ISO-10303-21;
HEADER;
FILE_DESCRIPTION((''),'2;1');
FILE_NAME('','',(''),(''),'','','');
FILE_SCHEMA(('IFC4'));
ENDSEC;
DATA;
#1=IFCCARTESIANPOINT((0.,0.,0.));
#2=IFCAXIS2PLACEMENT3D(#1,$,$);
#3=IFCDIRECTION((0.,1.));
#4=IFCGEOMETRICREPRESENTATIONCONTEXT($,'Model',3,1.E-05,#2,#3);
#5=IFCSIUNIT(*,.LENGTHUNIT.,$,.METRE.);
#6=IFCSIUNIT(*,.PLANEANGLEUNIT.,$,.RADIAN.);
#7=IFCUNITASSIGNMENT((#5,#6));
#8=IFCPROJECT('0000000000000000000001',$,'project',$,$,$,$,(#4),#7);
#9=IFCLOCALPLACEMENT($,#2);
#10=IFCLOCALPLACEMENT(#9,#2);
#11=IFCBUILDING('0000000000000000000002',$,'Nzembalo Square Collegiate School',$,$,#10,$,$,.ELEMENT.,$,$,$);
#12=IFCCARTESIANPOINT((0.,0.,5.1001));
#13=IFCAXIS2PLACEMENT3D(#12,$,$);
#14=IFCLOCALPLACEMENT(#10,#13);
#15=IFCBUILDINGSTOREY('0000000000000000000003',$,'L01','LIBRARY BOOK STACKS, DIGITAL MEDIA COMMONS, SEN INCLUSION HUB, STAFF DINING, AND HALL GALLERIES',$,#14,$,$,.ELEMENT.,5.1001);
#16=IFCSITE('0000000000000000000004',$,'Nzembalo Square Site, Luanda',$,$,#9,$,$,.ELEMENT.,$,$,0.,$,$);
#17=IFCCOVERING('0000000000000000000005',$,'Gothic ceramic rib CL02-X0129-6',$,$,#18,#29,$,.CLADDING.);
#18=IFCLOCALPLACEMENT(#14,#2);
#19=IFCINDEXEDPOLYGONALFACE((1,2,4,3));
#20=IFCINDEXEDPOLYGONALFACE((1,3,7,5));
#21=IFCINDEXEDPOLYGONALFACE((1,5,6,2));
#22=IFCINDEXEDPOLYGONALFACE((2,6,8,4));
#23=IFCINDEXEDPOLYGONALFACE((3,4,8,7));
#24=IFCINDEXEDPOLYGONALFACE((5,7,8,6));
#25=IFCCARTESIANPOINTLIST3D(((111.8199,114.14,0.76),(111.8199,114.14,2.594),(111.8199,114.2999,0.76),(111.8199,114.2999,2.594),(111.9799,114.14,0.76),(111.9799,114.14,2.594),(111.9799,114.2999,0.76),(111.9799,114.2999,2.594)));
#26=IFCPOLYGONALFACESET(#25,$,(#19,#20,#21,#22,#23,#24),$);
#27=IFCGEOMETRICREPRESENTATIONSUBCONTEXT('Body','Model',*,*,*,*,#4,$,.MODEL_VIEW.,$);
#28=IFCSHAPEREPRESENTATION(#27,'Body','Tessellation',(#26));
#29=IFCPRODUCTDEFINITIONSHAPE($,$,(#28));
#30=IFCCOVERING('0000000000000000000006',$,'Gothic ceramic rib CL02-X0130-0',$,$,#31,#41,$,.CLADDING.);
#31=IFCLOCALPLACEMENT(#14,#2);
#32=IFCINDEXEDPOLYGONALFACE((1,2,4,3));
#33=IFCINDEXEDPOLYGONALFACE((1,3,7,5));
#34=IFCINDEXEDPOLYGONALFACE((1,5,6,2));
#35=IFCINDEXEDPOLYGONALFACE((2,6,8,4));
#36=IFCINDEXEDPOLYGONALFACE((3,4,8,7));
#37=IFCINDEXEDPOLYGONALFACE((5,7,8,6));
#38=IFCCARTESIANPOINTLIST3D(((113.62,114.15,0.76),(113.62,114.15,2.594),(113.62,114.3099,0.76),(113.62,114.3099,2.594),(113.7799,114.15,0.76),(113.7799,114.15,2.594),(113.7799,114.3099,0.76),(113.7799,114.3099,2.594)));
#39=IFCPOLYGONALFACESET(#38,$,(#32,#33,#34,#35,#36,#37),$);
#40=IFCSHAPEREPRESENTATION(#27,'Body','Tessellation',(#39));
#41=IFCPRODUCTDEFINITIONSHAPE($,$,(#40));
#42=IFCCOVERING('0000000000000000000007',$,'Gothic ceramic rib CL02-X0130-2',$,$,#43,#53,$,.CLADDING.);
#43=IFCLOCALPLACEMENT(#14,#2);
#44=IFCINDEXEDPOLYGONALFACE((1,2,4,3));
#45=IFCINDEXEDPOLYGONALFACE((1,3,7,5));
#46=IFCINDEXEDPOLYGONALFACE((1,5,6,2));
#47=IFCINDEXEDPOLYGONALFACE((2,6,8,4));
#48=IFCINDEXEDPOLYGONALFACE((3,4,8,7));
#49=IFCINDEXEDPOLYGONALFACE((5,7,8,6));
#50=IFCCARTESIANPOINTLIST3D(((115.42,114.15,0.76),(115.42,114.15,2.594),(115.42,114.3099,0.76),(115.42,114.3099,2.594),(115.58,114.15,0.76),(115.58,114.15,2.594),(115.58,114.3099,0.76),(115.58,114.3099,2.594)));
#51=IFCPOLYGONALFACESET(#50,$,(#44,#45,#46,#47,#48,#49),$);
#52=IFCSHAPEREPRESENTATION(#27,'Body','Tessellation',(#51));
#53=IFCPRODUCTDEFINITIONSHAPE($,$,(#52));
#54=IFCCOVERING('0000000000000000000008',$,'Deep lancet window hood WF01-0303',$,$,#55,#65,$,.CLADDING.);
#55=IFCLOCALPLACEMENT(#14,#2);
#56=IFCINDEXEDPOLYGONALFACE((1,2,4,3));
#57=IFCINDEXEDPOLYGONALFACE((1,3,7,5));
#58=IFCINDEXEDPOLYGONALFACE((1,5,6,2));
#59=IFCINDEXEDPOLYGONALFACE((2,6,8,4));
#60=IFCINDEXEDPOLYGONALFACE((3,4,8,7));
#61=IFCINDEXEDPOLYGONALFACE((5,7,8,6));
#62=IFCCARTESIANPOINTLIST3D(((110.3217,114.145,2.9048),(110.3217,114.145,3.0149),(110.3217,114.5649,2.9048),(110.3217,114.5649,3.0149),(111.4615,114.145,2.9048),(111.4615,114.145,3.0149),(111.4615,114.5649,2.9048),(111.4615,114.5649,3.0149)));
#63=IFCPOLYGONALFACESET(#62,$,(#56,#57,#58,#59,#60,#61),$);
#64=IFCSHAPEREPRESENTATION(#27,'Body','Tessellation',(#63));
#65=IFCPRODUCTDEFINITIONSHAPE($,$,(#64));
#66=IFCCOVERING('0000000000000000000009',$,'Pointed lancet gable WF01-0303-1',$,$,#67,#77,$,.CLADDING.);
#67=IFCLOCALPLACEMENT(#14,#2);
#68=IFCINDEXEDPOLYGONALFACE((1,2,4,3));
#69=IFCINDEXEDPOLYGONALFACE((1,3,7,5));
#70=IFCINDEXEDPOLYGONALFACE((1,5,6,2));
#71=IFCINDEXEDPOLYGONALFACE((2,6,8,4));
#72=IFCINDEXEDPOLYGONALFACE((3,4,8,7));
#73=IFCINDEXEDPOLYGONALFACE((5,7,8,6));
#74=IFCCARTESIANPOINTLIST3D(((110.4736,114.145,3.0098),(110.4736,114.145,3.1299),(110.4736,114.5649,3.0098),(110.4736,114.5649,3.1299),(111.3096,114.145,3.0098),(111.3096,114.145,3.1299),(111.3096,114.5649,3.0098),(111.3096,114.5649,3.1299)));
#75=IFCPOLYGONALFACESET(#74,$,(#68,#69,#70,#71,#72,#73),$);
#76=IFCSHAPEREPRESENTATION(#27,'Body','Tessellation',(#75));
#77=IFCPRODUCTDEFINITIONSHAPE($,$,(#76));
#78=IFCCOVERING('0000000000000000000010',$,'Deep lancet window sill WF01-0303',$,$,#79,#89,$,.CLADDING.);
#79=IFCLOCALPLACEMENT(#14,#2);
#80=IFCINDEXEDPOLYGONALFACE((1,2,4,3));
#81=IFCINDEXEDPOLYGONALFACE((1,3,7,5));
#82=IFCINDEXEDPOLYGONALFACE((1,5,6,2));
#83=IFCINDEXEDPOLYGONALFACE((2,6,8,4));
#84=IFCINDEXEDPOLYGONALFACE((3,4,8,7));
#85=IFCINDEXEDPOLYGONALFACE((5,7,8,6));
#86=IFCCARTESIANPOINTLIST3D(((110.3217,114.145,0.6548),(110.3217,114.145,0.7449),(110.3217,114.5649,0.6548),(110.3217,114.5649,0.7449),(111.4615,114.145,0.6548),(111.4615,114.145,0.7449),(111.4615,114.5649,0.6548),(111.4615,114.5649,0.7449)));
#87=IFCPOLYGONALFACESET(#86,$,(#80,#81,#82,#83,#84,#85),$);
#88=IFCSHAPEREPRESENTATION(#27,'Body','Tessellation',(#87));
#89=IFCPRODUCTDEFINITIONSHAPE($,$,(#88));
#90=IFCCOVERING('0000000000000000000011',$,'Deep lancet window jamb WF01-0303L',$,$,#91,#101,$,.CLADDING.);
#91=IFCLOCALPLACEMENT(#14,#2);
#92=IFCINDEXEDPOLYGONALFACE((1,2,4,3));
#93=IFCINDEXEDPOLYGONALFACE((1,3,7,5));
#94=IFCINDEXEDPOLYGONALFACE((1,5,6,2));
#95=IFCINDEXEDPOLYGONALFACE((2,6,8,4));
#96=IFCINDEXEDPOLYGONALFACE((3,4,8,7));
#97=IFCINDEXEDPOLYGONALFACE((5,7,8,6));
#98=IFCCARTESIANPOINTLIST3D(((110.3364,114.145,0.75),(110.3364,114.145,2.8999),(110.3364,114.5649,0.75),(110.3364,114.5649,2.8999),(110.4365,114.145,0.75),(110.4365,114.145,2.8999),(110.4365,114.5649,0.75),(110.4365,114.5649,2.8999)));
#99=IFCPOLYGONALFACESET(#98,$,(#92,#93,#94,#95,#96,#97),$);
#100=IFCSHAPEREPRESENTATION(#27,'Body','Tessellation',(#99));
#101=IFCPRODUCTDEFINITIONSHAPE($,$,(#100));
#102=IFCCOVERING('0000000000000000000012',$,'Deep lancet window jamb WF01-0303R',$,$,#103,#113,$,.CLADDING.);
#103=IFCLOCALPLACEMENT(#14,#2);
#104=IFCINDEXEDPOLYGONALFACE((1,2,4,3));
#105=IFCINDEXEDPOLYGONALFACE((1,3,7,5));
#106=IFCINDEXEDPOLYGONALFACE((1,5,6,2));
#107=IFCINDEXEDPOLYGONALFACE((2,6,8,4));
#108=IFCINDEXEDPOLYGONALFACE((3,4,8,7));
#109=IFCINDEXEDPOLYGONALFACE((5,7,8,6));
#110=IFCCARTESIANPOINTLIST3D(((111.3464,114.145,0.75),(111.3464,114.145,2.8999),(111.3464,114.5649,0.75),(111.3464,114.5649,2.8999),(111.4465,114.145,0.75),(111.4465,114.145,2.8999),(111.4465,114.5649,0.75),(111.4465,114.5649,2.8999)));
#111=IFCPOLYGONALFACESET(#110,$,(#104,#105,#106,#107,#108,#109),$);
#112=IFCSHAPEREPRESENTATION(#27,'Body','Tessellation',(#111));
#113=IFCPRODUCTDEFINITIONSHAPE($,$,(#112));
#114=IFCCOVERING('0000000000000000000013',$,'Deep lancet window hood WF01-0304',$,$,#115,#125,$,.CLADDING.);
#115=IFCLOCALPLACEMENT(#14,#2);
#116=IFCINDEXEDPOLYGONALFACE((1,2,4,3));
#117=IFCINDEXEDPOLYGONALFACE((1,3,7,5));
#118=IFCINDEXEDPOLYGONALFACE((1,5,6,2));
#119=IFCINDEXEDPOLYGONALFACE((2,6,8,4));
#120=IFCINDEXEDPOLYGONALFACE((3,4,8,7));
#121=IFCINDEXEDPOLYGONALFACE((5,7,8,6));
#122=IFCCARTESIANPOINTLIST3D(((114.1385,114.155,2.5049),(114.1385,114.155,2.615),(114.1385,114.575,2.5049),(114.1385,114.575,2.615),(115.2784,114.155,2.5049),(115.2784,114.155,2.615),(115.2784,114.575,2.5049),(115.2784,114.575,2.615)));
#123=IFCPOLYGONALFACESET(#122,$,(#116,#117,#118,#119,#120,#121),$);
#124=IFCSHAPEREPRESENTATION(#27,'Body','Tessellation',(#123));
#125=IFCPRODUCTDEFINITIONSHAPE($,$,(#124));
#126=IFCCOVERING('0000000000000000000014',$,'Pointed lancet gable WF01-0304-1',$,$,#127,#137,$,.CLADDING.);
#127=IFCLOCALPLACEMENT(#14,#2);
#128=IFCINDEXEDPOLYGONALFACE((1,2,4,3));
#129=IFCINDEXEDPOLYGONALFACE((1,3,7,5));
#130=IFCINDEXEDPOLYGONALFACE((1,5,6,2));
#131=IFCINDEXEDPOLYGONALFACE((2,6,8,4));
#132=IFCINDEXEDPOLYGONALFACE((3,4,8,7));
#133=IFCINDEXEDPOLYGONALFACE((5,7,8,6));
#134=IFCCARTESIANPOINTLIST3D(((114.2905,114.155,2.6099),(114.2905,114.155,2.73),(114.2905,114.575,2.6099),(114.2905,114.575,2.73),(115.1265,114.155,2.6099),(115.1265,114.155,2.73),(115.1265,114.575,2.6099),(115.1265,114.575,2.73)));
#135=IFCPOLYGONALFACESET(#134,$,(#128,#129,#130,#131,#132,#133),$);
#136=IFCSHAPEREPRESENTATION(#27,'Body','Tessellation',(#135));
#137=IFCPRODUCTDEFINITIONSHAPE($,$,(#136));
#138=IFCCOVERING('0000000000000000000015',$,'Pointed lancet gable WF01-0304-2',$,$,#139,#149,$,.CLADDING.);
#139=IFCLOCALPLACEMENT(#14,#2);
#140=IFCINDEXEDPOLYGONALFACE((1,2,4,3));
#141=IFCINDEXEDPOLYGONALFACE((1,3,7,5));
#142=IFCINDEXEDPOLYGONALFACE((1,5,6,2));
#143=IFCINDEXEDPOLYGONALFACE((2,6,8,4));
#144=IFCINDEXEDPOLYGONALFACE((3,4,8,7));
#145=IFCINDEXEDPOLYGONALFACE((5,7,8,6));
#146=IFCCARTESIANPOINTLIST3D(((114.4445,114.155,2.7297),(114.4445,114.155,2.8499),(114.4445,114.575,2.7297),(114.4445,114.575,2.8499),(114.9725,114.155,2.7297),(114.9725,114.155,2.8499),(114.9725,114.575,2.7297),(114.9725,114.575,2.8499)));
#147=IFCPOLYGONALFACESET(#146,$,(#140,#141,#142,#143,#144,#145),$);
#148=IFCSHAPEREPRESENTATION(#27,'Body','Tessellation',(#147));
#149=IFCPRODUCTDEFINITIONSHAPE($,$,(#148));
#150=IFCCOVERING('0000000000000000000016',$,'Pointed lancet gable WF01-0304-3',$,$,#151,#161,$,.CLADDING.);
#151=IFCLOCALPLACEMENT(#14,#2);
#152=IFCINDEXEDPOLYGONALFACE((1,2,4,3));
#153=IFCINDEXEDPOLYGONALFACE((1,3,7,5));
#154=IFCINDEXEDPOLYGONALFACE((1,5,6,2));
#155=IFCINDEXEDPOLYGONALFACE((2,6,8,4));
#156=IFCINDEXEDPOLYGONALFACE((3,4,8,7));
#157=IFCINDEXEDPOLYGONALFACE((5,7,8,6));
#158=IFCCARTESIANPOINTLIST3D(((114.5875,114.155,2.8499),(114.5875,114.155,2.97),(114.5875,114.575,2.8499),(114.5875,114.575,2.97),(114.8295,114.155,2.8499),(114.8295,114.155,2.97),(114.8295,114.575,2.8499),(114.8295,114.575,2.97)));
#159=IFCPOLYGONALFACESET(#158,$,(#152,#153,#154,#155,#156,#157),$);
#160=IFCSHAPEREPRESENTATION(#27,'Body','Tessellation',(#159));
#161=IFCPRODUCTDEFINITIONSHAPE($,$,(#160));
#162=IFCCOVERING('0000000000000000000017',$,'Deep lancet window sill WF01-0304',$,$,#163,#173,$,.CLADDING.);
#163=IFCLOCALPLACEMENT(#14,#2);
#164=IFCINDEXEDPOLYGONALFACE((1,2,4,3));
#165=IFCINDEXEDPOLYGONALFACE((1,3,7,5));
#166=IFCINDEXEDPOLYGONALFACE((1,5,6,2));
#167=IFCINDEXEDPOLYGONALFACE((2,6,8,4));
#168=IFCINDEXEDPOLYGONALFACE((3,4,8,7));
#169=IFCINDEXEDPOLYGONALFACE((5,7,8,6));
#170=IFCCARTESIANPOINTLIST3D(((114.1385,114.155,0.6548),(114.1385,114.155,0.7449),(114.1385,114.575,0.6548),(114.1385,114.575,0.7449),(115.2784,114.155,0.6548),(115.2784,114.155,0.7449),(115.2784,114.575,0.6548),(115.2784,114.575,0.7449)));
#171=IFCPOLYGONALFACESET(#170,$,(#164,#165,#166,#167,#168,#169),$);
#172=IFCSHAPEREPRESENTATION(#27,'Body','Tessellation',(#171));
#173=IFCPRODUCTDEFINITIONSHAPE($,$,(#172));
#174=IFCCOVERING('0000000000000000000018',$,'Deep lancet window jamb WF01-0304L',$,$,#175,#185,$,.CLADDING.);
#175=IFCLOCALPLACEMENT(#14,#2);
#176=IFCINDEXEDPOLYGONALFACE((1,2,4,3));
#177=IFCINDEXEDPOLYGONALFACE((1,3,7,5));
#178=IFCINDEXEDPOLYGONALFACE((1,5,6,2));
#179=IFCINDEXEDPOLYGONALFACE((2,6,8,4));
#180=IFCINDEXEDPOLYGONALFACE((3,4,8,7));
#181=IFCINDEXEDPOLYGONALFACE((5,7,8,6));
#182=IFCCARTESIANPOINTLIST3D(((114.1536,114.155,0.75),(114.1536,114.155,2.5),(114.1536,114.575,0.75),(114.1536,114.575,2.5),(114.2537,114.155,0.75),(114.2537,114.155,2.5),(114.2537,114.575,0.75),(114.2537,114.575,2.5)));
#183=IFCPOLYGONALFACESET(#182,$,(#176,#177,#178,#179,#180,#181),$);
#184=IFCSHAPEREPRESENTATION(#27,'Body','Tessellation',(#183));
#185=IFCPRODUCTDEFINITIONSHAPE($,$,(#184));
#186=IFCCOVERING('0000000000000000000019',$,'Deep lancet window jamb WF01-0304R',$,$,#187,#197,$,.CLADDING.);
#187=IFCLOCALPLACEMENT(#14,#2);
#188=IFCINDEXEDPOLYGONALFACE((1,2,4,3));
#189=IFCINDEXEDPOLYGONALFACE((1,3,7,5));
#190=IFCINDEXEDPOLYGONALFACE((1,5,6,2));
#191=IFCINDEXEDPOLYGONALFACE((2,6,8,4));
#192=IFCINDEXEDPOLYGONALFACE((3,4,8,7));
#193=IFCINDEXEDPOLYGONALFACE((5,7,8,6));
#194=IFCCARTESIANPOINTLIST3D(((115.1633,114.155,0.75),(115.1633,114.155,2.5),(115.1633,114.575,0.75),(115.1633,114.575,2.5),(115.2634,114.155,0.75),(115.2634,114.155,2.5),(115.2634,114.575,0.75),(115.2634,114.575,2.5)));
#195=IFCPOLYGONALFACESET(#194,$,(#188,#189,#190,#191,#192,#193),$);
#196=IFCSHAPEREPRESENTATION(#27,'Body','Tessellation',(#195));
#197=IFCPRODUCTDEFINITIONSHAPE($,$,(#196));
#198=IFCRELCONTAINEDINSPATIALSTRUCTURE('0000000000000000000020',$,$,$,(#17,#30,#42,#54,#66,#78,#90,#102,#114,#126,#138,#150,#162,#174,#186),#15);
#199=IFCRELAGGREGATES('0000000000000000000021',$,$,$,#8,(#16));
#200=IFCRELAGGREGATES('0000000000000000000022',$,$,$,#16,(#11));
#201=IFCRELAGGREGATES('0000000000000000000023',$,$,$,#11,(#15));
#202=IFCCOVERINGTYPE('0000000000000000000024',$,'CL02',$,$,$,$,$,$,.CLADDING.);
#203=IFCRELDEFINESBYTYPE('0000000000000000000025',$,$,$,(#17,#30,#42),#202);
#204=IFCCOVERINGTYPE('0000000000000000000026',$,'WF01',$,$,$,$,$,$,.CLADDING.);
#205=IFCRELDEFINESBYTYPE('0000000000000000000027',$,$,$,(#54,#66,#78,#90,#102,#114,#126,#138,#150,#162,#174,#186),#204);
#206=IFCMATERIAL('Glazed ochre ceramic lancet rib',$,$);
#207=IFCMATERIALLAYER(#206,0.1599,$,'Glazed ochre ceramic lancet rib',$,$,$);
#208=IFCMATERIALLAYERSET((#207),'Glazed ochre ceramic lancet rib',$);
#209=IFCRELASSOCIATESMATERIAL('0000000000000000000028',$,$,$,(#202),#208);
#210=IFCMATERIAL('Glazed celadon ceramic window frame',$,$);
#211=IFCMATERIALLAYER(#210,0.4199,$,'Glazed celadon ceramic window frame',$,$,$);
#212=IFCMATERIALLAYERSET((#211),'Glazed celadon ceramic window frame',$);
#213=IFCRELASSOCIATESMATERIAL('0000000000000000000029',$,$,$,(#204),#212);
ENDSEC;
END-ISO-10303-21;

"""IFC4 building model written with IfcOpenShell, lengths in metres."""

from ifc_helpers import new_model, si_unit, direction, frame, origin, origin_2d, place, context, subcontext, project, spatial, rectangle, extrude, material, layer, layer_set, type_object, element, save


model = new_model("IFC4")

# Units and contexts
model_context = context("Model", 3, precision=1e-05, world=origin(), true_north=direction((0.0, 1.0)))
body_context = subcontext(model_context, "Body", "Model", "MODEL_VIEW")
ifc_project = project(units=[si_unit("LENGTHUNIT", "METRE"), si_unit("PLANEANGLEUNIT", "RADIAN")], contexts=[model_context])

# Site, building, storey
site_placement = place(None, origin())
site = spatial("IfcSite", under=ifc_project, at=site_placement, Name="Nzembalo Square Site, Luanda", CompositionType="ELEMENT", RefElevation=0.0)
building_placement = place(site_placement, origin())
building = spatial("IfcBuilding", under=site, at=building_placement, Name="Nzembalo Square Collegiate School", CompositionType="ELEMENT")
storey_placement = place(building_placement, frame((0.0, 0.0, 5.1001)))
storey = spatial("IfcBuildingStorey", under=building, at=storey_placement, Name="L01", Description="LIBRARY BOOK STACKS, DIGITAL MEDIA COMMONS, SEN INCLUSION HUB, STAFF DINING, AND HALL GALLERIES", CompositionType="ELEMENT", Elevation=5.1001)

# Coverings
ifc_material_1 = material(Name="Glazed ochre ceramic lancet rib")
ifc_layer_1 = layer(ifc_material_1, 0.1599, Name="Glazed ochre ceramic lancet rib")
ifc_layer_set_1 = layer_set([ifc_layer_1], Name="Glazed ochre ceramic lancet rib")
covering_type_1 = type_object("IfcCoveringType", Name="CL02", PredefinedType="CLADDING", material=ifc_layer_set_1)
for number, where, z_axis, x_axis, name in (
    (1, (111.8999, 114.22, 0.76), (0.0, 0.0, 1.0), (1.0, 0.0, 0.0), "Gothic ceramic rib CL02-X0129-6"),
    (2, (113.7, 114.23, 0.76), (0.0, 0.0, 1.0), (1.0, 0.0, 0.0), "Gothic ceramic rib CL02-X0130-0"),
    (3, (115.5, 114.23, 0.76), (0.0, 0.0, 1.0), (1.0, 0.0, 0.0), "Gothic ceramic rib CL02-X0130-2"),
):
    element("IfcCovering", number, at=place(storey_placement, frame(where, z_axis=z_axis, x_axis=x_axis)), inside=storey, type_object=covering_type_1, Name=name, PredefinedType="CLADDING", context=body_context, shape_type="SweptSolid", body=[
        extrude(rectangle(XDim=0.1599, YDim=0.1599, at=origin_2d()), origin(), (0.0, 0.0, 1.0), 1.834),
    ])
ifc_material_2 = material(Name="Glazed celadon ceramic window frame")
ifc_layer_2 = layer(ifc_material_2, 0.4199, Name="Glazed celadon ceramic window frame")
ifc_layer_set_2 = layer_set([ifc_layer_2], Name="Glazed celadon ceramic window frame")
covering_type_2 = type_object("IfcCoveringType", Name="WF01", PredefinedType="CLADDING", material=ifc_layer_set_2)
covering_1_placement = place(storey_placement, frame((110.8916, 114.355, 2.9048), z_axis=(0.0, 0.0, 1.0), x_axis=(1.0, 0.0, 0.0)))
element("IfcCovering", 4, at=covering_1_placement, inside=storey, type_object=covering_type_2, Name="Deep lancet window hood WF01-0303", PredefinedType="CLADDING", context=body_context, shape_type="SweptSolid", body=[
    extrude(rectangle(XDim=1.1399, YDim=0.4199, at=origin_2d()), origin(), (0.0, 0.0, 1.0), 0.1101),
])
covering_2_placement = place(storey_placement, frame((110.8916, 114.355, 3.0098), z_axis=(0.0, 0.0, 1.0), x_axis=(1.0, 0.0, 0.0)))
element("IfcCovering", 5, at=covering_2_placement, inside=storey, type_object=covering_type_2, Name="Pointed lancet gable WF01-0303-1", PredefinedType="CLADDING", context=body_context, shape_type="SweptSolid", body=[
    extrude(rectangle(XDim=0.8359, YDim=0.4199, at=origin_2d()), origin(), (0.0, 0.0, 1.0), 0.1201),
])
covering_3_placement = place(storey_placement, frame((110.8916, 114.355, 0.6548), z_axis=(0.0, 0.0, 1.0), x_axis=(1.0, 0.0, 0.0)))
element("IfcCovering", 6, at=covering_3_placement, inside=storey, type_object=covering_type_2, Name="Deep lancet window sill WF01-0303", PredefinedType="CLADDING", context=body_context, shape_type="SweptSolid", body=[
    extrude(rectangle(XDim=1.1399, YDim=0.4199, at=origin_2d()), origin(), (0.0, 0.0, 1.0), 0.0901),
])
for number, where, z_axis, x_axis, name in (
    (7, (110.3865, 114.355, 0.75), (0.0, 0.0, 1.0), (1.0, 0.0, 0.0), "Deep lancet window jamb WF01-0303L"),
    (8, (111.3965, 114.355, 0.75), (0.0, 0.0, 1.0), (1.0, 0.0, 0.0), "Deep lancet window jamb WF01-0303R"),
):
    element("IfcCovering", number, at=place(storey_placement, frame(where, z_axis=z_axis, x_axis=x_axis)), inside=storey, type_object=covering_type_2, Name=name, PredefinedType="CLADDING", context=body_context, shape_type="SweptSolid", body=[
        extrude(rectangle(XDim=0.1001, YDim=0.4199, at=origin_2d()), origin(), (0.0, 0.0, 1.0), 2.1499),
    ])
covering_4_placement = place(storey_placement, frame((114.7085, 114.365, 2.5049), z_axis=(0.0, 0.0, 1.0), x_axis=(1.0, 0.0, 0.0)))
element("IfcCovering", 9, at=covering_4_placement, inside=storey, type_object=covering_type_2, Name="Deep lancet window hood WF01-0304", PredefinedType="CLADDING", context=body_context, shape_type="SweptSolid", body=[
    extrude(rectangle(XDim=1.1399, YDim=0.4199, at=origin_2d()), origin(), (0.0, 0.0, 1.0), 0.1101),
])
covering_5_placement = place(storey_placement, frame((114.7085, 114.365, 2.6099), z_axis=(0.0, 0.0, 1.0), x_axis=(1.0, 0.0, 0.0)))
element("IfcCovering", 10, at=covering_5_placement, inside=storey, type_object=covering_type_2, Name="Pointed lancet gable WF01-0304-1", PredefinedType="CLADDING", context=body_context, shape_type="SweptSolid", body=[
    extrude(rectangle(XDim=0.8359, YDim=0.4199, at=origin_2d()), origin(), (0.0, 0.0, 1.0), 0.1201),
])
covering_6_placement = place(storey_placement, frame((114.7085, 114.365, 2.7297), z_axis=(0.0, 0.0, 1.0), x_axis=(1.0, 0.0, 0.0)))
element("IfcCovering", 11, at=covering_6_placement, inside=storey, type_object=covering_type_2, Name="Pointed lancet gable WF01-0304-2", PredefinedType="CLADDING", context=body_context, shape_type="SweptSolid", body=[
    extrude(rectangle(XDim=0.5281, YDim=0.4199, at=origin_2d()), origin(), (0.0, 0.0, 1.0), 0.1201),
])
covering_7_placement = place(storey_placement, frame((114.7085, 114.365, 2.8499), z_axis=(0.0, 0.0, 1.0), x_axis=(1.0, 0.0, 0.0)))
element("IfcCovering", 12, at=covering_7_placement, inside=storey, type_object=covering_type_2, Name="Pointed lancet gable WF01-0304-3", PredefinedType="CLADDING", context=body_context, shape_type="SweptSolid", body=[
    extrude(rectangle(XDim=0.2419, YDim=0.4199, at=origin_2d()), origin(), (0.0, 0.0, 1.0), 0.1201),
])
covering_8_placement = place(storey_placement, frame((114.7085, 114.365, 0.6548), z_axis=(0.0, 0.0, 1.0), x_axis=(1.0, 0.0, 0.0)))
element("IfcCovering", 13, at=covering_8_placement, inside=storey, type_object=covering_type_2, Name="Deep lancet window sill WF01-0304", PredefinedType="CLADDING", context=body_context, shape_type="SweptSolid", body=[
    extrude(rectangle(XDim=1.1399, YDim=0.4199, at=origin_2d()), origin(), (0.0, 0.0, 1.0), 0.0901),
])
for number, where, z_axis, x_axis, name in (
    (14, (114.2036, 114.365, 0.75), (0.0, 0.0, 1.0), (1.0, 0.0, 0.0), "Deep lancet window jamb WF01-0304L"),
    (15, (115.2134, 114.365, 0.75), (0.0, 0.0, 1.0), (1.0, 0.0, 0.0), "Deep lancet window jamb WF01-0304R"),
):
    element("IfcCovering", number, at=place(storey_placement, frame(where, z_axis=z_axis, x_axis=x_axis)), inside=storey, type_object=covering_type_2, Name=name, PredefinedType="CLADDING", context=body_context, shape_type="SweptSolid", body=[
        extrude(rectangle(XDim=0.1001, YDim=0.4199, at=origin_2d()), origin(), (0.0, 0.0, 1.0), 1.75),
    ])

save(model, "model.ifc")
